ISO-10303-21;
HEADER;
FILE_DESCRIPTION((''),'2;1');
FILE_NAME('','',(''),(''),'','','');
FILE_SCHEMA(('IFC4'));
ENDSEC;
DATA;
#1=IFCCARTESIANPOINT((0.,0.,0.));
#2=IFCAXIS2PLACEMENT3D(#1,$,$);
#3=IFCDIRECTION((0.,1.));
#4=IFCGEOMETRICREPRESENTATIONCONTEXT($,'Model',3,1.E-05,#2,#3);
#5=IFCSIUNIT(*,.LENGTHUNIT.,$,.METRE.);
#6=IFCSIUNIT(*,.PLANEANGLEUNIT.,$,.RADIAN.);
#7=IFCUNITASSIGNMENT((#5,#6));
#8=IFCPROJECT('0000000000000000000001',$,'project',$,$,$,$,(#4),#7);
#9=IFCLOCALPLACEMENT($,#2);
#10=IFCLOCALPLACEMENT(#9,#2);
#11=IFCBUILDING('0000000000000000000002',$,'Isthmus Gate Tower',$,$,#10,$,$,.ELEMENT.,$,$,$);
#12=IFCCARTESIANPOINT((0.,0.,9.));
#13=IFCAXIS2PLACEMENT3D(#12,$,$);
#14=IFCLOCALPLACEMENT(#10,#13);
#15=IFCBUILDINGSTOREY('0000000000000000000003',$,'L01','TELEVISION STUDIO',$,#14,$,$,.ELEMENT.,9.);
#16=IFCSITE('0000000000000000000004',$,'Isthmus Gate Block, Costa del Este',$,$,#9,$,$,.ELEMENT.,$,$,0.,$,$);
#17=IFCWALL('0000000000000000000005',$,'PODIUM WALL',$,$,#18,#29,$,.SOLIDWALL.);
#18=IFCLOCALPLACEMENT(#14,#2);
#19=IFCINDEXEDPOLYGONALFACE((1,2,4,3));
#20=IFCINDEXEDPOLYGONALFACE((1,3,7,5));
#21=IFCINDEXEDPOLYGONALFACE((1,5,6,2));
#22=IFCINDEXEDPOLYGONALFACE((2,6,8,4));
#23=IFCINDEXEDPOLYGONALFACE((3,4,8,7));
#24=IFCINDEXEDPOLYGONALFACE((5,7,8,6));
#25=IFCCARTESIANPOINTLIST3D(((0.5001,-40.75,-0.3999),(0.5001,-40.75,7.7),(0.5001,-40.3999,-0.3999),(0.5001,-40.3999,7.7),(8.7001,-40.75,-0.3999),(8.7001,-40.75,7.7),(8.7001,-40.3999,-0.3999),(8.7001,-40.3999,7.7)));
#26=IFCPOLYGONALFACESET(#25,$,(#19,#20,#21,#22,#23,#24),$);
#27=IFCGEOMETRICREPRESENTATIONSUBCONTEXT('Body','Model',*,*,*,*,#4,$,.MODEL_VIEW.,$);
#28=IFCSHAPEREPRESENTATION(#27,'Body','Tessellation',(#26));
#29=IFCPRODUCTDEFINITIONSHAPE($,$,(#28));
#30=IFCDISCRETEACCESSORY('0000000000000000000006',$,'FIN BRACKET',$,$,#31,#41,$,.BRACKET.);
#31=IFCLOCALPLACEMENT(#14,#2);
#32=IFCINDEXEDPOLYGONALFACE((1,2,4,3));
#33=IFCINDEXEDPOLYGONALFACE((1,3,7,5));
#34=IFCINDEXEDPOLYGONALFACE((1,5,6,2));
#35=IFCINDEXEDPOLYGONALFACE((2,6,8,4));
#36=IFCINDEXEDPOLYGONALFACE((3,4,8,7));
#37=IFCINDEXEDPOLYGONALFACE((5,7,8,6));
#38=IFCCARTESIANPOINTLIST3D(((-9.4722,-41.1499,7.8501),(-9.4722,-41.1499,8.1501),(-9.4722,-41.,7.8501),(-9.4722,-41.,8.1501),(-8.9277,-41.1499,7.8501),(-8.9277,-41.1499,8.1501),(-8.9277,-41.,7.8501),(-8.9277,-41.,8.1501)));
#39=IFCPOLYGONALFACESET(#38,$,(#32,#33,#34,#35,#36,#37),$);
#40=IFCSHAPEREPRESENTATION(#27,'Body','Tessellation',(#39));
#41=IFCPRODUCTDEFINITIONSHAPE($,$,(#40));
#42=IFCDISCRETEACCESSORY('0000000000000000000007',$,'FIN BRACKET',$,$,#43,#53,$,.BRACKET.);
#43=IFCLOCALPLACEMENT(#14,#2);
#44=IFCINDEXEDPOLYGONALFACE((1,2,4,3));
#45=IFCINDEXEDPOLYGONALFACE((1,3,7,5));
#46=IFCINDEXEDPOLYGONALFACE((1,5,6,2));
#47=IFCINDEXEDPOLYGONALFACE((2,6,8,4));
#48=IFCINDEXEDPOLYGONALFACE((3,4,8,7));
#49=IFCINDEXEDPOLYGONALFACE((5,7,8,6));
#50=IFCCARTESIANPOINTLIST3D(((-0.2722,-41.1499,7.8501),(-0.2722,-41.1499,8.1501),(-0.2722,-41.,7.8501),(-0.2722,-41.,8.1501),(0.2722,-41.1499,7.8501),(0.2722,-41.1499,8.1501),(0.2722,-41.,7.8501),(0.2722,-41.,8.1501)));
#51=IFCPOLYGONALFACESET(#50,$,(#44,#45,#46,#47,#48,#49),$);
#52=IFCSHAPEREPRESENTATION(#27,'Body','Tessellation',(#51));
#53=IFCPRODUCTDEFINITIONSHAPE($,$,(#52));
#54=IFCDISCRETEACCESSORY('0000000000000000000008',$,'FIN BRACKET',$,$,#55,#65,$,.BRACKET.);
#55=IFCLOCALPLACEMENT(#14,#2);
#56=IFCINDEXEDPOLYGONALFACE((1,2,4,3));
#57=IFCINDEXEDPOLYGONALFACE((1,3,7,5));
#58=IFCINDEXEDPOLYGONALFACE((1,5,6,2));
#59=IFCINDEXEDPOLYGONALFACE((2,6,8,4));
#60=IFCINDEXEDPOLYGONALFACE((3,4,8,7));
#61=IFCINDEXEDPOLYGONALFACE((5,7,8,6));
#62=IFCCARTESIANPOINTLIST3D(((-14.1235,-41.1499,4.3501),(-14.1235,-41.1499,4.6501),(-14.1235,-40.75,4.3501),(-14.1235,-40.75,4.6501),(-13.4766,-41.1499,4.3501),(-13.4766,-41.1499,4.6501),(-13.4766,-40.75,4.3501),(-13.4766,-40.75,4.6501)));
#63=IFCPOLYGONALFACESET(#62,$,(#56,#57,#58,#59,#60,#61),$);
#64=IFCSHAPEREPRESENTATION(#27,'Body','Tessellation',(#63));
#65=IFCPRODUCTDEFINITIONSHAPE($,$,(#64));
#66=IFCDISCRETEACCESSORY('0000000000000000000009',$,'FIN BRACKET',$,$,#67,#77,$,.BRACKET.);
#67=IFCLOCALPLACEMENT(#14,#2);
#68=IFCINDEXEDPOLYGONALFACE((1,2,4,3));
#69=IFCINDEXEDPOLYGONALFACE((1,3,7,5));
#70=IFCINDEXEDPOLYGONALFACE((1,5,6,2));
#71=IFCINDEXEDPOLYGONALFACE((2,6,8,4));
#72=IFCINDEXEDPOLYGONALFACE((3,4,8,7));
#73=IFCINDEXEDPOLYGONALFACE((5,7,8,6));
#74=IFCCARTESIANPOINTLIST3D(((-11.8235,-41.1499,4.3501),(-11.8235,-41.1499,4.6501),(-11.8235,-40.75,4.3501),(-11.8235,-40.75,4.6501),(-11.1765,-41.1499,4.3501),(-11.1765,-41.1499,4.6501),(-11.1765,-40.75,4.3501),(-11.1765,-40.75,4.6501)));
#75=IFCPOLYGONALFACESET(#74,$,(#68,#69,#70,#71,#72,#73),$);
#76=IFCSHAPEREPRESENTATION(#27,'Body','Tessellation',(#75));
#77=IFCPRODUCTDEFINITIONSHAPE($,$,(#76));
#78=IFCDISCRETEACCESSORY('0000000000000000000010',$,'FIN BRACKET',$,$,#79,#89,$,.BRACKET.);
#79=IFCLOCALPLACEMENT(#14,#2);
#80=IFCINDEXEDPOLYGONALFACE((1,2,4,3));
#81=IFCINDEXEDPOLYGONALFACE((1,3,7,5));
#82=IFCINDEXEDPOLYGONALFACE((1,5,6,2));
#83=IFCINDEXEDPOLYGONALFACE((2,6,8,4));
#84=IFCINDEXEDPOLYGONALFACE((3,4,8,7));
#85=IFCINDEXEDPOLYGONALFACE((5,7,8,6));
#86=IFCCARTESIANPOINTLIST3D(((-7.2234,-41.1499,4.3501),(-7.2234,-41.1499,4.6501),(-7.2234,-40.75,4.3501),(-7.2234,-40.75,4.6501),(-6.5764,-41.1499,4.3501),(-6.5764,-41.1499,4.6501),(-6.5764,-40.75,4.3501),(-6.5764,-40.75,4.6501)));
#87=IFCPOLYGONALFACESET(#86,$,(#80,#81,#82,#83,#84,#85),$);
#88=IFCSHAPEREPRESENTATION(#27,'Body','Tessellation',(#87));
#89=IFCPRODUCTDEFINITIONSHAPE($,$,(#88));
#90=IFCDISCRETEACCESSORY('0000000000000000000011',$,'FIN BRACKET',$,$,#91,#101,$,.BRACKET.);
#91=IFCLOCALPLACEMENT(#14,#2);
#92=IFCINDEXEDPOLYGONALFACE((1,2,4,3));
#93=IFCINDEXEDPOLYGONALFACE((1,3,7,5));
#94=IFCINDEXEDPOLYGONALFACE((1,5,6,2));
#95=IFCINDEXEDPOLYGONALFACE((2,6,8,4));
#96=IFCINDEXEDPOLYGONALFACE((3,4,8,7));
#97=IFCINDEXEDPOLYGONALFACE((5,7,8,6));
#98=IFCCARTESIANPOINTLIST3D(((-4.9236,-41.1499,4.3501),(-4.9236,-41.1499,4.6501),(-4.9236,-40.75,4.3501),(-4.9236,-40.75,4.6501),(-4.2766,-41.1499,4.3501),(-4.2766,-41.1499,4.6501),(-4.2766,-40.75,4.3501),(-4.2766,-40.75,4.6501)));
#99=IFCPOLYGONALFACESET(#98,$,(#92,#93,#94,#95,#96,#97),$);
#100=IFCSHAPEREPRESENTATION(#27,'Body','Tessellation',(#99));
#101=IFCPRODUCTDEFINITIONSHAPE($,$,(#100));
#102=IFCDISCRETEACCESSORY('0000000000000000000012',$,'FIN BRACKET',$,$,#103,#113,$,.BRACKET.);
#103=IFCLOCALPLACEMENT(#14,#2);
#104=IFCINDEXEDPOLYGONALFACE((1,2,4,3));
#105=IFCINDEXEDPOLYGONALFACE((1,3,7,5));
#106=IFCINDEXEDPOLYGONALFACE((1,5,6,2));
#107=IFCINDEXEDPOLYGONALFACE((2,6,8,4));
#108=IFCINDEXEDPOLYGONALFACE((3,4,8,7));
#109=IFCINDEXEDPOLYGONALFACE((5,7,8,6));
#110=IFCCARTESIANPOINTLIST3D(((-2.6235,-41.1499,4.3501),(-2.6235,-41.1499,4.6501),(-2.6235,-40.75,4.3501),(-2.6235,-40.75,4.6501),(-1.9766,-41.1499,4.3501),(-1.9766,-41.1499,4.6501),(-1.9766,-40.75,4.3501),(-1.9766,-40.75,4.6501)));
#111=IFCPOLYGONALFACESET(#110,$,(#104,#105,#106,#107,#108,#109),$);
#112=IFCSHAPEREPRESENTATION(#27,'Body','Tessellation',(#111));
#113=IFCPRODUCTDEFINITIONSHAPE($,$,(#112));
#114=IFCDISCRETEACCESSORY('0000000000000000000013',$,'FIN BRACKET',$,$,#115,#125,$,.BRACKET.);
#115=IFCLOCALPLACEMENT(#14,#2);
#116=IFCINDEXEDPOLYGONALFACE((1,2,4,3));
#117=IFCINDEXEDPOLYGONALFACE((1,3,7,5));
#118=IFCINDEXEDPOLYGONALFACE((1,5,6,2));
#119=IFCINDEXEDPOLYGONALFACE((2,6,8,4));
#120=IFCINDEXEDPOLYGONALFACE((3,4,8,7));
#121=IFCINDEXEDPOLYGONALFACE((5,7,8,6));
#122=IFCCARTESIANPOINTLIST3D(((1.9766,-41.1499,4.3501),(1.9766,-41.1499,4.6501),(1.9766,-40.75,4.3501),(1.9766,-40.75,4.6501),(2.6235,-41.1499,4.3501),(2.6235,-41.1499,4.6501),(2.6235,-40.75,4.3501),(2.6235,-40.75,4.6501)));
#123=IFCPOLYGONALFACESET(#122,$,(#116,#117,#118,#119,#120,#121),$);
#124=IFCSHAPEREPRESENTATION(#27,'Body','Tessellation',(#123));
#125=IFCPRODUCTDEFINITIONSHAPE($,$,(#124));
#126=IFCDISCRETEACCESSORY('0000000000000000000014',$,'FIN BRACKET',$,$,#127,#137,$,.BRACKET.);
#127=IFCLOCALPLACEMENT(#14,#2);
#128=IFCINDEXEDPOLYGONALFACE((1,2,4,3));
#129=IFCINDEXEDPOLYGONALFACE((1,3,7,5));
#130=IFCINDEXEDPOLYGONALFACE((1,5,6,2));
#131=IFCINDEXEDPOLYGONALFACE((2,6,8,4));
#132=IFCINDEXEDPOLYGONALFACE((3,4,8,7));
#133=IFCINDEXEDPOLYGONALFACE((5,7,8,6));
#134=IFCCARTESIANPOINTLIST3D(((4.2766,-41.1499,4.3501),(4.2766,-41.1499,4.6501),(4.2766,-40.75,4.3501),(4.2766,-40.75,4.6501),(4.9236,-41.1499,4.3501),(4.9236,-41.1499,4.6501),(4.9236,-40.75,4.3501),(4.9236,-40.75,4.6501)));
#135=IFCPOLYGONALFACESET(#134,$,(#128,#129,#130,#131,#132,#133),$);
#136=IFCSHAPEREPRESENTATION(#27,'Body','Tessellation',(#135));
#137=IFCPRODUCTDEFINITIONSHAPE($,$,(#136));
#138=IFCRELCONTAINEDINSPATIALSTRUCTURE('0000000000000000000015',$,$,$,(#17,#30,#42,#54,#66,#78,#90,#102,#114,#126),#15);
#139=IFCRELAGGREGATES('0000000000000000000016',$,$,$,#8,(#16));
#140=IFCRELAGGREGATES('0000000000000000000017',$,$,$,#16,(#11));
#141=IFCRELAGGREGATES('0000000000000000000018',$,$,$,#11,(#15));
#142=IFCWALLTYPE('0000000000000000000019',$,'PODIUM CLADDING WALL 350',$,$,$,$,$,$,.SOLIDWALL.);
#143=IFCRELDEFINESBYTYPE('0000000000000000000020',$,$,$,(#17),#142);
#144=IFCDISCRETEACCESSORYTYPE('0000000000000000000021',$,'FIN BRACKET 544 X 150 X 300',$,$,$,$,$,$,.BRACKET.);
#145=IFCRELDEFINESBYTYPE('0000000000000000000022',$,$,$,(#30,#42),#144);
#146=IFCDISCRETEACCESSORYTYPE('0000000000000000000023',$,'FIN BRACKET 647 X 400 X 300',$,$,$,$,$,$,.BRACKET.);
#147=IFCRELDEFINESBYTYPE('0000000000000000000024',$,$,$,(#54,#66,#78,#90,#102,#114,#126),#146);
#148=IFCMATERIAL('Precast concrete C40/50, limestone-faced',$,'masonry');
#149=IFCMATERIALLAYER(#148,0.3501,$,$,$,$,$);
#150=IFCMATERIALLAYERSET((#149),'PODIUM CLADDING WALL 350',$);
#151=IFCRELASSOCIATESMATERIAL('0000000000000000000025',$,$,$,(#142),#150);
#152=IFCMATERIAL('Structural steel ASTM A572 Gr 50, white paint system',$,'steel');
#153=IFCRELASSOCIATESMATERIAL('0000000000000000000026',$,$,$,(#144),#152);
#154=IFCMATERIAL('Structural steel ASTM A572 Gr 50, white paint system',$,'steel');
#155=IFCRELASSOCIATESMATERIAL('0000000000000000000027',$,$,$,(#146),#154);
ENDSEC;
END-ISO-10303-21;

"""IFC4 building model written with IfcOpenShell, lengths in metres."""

from ifc_helpers import new_model, si_unit, direction, frame, frame_2d, origin, origin_2d, place, context, subcontext, project, spatial, rectangle, extrude, material, layer, layer_set, type_object, element, save


model = new_model("IFC4")

# Units and contexts
model_context = context("Model", 3, precision=1e-05, world=origin(), true_north=direction((0.0, 1.0)))
body_context = subcontext(model_context, "Body", "Model", "MODEL_VIEW")
ifc_project = project(units=[si_unit("LENGTHUNIT", "METRE"), si_unit("PLANEANGLEUNIT", "RADIAN")], contexts=[model_context])

# Site, building, storey
site_placement = place(None, origin())
site = spatial("IfcSite", under=ifc_project, at=site_placement, Name="Isthmus Gate Block, Costa del Este", CompositionType="ELEMENT", RefElevation=0.0)
building_placement = place(site_placement, origin())
building = spatial("IfcBuilding", under=site, at=building_placement, Name="Isthmus Gate Tower", CompositionType="ELEMENT")
storey_placement = place(building_placement, frame((0.0, 0.0, 9.0)))
storey = spatial("IfcBuildingStorey", under=building, at=storey_placement, Name="L01", Description="TELEVISION STUDIO", CompositionType="ELEMENT", Elevation=9.0)

# Wall
ifc_material_1 = material(Name="Precast concrete C40/50, limestone-faced", Category="masonry")
ifc_layer = layer(ifc_material_1, 0.3501)
ifc_layer_set = layer_set([ifc_layer], Name="PODIUM CLADDING WALL 350")
wall_type = type_object("IfcWallType", Name="PODIUM CLADDING WALL 350", PredefinedType="SOLIDWALL", material=ifc_layer_set)
for number, where, z_axis, x_axis, name in (
    (1, (0.5, -40.575, -0.3999), (0.0, 0.0, 1.0), (1.0, 0.0, 0.0), "PODIUM WALL"),
):
    element("IfcWall", number, at=place(storey_placement, frame(where, z_axis=z_axis, x_axis=x_axis)), inside=storey, type_object=wall_type, Name=name, PredefinedType="SOLIDWALL", context=body_context, shape_type="SweptSolid", body=[
        extrude(rectangle(XDim=8.2, YDim=0.3501, at=frame_2d((4.1001, 0.0))), origin(), (0.0, 0.0, 1.0), 8.0999),
    ])

# Discrete accessories
ifc_material_2 = material(Name="Structural steel ASTM A572 Gr 50, white paint system", Category="steel")
discrete_accessory_type_1 = type_object("IfcDiscreteAccessoryType", Name="FIN BRACKET 544 X 150 X 300", PredefinedType="BRACKET", material=ifc_material_2)
for number, where, z_axis, x_axis, name in (
    (2, (-9.2, -41.075, 7.8501), (0.0, 0.0, 1.0), (0.0, -1.0, 0.0), "FIN BRACKET"),
    (3, (0.0, -41.075, 7.8501), (0.0, 0.0, 1.0), (0.0, -1.0, 0.0), "FIN BRACKET"),
):
    element("IfcDiscreteAccessory", number, at=place(storey_placement, frame(where, z_axis=z_axis, x_axis=x_axis)), inside=storey, type_object=discrete_accessory_type_1, Name=name, PredefinedType="BRACKET", context=body_context, shape_type="SweptSolid", body=[
        extrude(rectangle(XDim=0.1499, YDim=0.5444, at=origin_2d()), origin(), (0.0, 0.0, 1.0), 0.3),
    ])
ifc_material_3 = material(Name="Structural steel ASTM A572 Gr 50, white paint system", Category="steel")
discrete_accessory_type_2 = type_object("IfcDiscreteAccessoryType", Name="FIN BRACKET 647 X 400 X 300", PredefinedType="BRACKET", material=ifc_material_3)
for number, where, z_axis, x_axis, name in (
    (4, (-13.8, -40.95, 4.3501), (0.0, 0.0, 1.0), (0.0, -1.0, 0.0), "FIN BRACKET"),
    (5, (-11.5, -40.95, 4.3501), (0.0, 0.0, 1.0), (0.0, -1.0, 0.0), "FIN BRACKET"),
    (6, (-6.8999, -40.95, 4.3501), (0.0, 0.0, 1.0), (0.0, -1.0, 0.0), "FIN BRACKET"),
    (7, (-4.6001, -40.95, 4.3501), (0.0, 0.0, 1.0), (0.0, -1.0, 0.0), "FIN BRACKET"),
    (8, (-2.3, -40.95, 4.3501), (0.0, 0.0, 1.0), (0.0, -1.0, 0.0), "FIN BRACKET"),
    (9, (2.3, -40.95, 4.3501), (0.0, 0.0, 1.0), (0.0, -1.0, 0.0), "FIN BRACKET"),
    (10, (4.6001, -40.95, 4.3501), (0.0, 0.0, 1.0), (0.0, -1.0, 0.0), "FIN BRACKET"),
):
    element("IfcDiscreteAccessory", number, at=place(storey_placement, frame(where, z_axis=z_axis, x_axis=x_axis)), inside=storey, type_object=discrete_accessory_type_2, Name=name, PredefinedType="BRACKET", context=body_context, shape_type="SweptSolid", body=[
        extrude(rectangle(XDim=0.3999, YDim=0.647, at=origin_2d()), origin(), (0.0, 0.0, 1.0), 0.3),
    ])

save(model, "model.ifc")
